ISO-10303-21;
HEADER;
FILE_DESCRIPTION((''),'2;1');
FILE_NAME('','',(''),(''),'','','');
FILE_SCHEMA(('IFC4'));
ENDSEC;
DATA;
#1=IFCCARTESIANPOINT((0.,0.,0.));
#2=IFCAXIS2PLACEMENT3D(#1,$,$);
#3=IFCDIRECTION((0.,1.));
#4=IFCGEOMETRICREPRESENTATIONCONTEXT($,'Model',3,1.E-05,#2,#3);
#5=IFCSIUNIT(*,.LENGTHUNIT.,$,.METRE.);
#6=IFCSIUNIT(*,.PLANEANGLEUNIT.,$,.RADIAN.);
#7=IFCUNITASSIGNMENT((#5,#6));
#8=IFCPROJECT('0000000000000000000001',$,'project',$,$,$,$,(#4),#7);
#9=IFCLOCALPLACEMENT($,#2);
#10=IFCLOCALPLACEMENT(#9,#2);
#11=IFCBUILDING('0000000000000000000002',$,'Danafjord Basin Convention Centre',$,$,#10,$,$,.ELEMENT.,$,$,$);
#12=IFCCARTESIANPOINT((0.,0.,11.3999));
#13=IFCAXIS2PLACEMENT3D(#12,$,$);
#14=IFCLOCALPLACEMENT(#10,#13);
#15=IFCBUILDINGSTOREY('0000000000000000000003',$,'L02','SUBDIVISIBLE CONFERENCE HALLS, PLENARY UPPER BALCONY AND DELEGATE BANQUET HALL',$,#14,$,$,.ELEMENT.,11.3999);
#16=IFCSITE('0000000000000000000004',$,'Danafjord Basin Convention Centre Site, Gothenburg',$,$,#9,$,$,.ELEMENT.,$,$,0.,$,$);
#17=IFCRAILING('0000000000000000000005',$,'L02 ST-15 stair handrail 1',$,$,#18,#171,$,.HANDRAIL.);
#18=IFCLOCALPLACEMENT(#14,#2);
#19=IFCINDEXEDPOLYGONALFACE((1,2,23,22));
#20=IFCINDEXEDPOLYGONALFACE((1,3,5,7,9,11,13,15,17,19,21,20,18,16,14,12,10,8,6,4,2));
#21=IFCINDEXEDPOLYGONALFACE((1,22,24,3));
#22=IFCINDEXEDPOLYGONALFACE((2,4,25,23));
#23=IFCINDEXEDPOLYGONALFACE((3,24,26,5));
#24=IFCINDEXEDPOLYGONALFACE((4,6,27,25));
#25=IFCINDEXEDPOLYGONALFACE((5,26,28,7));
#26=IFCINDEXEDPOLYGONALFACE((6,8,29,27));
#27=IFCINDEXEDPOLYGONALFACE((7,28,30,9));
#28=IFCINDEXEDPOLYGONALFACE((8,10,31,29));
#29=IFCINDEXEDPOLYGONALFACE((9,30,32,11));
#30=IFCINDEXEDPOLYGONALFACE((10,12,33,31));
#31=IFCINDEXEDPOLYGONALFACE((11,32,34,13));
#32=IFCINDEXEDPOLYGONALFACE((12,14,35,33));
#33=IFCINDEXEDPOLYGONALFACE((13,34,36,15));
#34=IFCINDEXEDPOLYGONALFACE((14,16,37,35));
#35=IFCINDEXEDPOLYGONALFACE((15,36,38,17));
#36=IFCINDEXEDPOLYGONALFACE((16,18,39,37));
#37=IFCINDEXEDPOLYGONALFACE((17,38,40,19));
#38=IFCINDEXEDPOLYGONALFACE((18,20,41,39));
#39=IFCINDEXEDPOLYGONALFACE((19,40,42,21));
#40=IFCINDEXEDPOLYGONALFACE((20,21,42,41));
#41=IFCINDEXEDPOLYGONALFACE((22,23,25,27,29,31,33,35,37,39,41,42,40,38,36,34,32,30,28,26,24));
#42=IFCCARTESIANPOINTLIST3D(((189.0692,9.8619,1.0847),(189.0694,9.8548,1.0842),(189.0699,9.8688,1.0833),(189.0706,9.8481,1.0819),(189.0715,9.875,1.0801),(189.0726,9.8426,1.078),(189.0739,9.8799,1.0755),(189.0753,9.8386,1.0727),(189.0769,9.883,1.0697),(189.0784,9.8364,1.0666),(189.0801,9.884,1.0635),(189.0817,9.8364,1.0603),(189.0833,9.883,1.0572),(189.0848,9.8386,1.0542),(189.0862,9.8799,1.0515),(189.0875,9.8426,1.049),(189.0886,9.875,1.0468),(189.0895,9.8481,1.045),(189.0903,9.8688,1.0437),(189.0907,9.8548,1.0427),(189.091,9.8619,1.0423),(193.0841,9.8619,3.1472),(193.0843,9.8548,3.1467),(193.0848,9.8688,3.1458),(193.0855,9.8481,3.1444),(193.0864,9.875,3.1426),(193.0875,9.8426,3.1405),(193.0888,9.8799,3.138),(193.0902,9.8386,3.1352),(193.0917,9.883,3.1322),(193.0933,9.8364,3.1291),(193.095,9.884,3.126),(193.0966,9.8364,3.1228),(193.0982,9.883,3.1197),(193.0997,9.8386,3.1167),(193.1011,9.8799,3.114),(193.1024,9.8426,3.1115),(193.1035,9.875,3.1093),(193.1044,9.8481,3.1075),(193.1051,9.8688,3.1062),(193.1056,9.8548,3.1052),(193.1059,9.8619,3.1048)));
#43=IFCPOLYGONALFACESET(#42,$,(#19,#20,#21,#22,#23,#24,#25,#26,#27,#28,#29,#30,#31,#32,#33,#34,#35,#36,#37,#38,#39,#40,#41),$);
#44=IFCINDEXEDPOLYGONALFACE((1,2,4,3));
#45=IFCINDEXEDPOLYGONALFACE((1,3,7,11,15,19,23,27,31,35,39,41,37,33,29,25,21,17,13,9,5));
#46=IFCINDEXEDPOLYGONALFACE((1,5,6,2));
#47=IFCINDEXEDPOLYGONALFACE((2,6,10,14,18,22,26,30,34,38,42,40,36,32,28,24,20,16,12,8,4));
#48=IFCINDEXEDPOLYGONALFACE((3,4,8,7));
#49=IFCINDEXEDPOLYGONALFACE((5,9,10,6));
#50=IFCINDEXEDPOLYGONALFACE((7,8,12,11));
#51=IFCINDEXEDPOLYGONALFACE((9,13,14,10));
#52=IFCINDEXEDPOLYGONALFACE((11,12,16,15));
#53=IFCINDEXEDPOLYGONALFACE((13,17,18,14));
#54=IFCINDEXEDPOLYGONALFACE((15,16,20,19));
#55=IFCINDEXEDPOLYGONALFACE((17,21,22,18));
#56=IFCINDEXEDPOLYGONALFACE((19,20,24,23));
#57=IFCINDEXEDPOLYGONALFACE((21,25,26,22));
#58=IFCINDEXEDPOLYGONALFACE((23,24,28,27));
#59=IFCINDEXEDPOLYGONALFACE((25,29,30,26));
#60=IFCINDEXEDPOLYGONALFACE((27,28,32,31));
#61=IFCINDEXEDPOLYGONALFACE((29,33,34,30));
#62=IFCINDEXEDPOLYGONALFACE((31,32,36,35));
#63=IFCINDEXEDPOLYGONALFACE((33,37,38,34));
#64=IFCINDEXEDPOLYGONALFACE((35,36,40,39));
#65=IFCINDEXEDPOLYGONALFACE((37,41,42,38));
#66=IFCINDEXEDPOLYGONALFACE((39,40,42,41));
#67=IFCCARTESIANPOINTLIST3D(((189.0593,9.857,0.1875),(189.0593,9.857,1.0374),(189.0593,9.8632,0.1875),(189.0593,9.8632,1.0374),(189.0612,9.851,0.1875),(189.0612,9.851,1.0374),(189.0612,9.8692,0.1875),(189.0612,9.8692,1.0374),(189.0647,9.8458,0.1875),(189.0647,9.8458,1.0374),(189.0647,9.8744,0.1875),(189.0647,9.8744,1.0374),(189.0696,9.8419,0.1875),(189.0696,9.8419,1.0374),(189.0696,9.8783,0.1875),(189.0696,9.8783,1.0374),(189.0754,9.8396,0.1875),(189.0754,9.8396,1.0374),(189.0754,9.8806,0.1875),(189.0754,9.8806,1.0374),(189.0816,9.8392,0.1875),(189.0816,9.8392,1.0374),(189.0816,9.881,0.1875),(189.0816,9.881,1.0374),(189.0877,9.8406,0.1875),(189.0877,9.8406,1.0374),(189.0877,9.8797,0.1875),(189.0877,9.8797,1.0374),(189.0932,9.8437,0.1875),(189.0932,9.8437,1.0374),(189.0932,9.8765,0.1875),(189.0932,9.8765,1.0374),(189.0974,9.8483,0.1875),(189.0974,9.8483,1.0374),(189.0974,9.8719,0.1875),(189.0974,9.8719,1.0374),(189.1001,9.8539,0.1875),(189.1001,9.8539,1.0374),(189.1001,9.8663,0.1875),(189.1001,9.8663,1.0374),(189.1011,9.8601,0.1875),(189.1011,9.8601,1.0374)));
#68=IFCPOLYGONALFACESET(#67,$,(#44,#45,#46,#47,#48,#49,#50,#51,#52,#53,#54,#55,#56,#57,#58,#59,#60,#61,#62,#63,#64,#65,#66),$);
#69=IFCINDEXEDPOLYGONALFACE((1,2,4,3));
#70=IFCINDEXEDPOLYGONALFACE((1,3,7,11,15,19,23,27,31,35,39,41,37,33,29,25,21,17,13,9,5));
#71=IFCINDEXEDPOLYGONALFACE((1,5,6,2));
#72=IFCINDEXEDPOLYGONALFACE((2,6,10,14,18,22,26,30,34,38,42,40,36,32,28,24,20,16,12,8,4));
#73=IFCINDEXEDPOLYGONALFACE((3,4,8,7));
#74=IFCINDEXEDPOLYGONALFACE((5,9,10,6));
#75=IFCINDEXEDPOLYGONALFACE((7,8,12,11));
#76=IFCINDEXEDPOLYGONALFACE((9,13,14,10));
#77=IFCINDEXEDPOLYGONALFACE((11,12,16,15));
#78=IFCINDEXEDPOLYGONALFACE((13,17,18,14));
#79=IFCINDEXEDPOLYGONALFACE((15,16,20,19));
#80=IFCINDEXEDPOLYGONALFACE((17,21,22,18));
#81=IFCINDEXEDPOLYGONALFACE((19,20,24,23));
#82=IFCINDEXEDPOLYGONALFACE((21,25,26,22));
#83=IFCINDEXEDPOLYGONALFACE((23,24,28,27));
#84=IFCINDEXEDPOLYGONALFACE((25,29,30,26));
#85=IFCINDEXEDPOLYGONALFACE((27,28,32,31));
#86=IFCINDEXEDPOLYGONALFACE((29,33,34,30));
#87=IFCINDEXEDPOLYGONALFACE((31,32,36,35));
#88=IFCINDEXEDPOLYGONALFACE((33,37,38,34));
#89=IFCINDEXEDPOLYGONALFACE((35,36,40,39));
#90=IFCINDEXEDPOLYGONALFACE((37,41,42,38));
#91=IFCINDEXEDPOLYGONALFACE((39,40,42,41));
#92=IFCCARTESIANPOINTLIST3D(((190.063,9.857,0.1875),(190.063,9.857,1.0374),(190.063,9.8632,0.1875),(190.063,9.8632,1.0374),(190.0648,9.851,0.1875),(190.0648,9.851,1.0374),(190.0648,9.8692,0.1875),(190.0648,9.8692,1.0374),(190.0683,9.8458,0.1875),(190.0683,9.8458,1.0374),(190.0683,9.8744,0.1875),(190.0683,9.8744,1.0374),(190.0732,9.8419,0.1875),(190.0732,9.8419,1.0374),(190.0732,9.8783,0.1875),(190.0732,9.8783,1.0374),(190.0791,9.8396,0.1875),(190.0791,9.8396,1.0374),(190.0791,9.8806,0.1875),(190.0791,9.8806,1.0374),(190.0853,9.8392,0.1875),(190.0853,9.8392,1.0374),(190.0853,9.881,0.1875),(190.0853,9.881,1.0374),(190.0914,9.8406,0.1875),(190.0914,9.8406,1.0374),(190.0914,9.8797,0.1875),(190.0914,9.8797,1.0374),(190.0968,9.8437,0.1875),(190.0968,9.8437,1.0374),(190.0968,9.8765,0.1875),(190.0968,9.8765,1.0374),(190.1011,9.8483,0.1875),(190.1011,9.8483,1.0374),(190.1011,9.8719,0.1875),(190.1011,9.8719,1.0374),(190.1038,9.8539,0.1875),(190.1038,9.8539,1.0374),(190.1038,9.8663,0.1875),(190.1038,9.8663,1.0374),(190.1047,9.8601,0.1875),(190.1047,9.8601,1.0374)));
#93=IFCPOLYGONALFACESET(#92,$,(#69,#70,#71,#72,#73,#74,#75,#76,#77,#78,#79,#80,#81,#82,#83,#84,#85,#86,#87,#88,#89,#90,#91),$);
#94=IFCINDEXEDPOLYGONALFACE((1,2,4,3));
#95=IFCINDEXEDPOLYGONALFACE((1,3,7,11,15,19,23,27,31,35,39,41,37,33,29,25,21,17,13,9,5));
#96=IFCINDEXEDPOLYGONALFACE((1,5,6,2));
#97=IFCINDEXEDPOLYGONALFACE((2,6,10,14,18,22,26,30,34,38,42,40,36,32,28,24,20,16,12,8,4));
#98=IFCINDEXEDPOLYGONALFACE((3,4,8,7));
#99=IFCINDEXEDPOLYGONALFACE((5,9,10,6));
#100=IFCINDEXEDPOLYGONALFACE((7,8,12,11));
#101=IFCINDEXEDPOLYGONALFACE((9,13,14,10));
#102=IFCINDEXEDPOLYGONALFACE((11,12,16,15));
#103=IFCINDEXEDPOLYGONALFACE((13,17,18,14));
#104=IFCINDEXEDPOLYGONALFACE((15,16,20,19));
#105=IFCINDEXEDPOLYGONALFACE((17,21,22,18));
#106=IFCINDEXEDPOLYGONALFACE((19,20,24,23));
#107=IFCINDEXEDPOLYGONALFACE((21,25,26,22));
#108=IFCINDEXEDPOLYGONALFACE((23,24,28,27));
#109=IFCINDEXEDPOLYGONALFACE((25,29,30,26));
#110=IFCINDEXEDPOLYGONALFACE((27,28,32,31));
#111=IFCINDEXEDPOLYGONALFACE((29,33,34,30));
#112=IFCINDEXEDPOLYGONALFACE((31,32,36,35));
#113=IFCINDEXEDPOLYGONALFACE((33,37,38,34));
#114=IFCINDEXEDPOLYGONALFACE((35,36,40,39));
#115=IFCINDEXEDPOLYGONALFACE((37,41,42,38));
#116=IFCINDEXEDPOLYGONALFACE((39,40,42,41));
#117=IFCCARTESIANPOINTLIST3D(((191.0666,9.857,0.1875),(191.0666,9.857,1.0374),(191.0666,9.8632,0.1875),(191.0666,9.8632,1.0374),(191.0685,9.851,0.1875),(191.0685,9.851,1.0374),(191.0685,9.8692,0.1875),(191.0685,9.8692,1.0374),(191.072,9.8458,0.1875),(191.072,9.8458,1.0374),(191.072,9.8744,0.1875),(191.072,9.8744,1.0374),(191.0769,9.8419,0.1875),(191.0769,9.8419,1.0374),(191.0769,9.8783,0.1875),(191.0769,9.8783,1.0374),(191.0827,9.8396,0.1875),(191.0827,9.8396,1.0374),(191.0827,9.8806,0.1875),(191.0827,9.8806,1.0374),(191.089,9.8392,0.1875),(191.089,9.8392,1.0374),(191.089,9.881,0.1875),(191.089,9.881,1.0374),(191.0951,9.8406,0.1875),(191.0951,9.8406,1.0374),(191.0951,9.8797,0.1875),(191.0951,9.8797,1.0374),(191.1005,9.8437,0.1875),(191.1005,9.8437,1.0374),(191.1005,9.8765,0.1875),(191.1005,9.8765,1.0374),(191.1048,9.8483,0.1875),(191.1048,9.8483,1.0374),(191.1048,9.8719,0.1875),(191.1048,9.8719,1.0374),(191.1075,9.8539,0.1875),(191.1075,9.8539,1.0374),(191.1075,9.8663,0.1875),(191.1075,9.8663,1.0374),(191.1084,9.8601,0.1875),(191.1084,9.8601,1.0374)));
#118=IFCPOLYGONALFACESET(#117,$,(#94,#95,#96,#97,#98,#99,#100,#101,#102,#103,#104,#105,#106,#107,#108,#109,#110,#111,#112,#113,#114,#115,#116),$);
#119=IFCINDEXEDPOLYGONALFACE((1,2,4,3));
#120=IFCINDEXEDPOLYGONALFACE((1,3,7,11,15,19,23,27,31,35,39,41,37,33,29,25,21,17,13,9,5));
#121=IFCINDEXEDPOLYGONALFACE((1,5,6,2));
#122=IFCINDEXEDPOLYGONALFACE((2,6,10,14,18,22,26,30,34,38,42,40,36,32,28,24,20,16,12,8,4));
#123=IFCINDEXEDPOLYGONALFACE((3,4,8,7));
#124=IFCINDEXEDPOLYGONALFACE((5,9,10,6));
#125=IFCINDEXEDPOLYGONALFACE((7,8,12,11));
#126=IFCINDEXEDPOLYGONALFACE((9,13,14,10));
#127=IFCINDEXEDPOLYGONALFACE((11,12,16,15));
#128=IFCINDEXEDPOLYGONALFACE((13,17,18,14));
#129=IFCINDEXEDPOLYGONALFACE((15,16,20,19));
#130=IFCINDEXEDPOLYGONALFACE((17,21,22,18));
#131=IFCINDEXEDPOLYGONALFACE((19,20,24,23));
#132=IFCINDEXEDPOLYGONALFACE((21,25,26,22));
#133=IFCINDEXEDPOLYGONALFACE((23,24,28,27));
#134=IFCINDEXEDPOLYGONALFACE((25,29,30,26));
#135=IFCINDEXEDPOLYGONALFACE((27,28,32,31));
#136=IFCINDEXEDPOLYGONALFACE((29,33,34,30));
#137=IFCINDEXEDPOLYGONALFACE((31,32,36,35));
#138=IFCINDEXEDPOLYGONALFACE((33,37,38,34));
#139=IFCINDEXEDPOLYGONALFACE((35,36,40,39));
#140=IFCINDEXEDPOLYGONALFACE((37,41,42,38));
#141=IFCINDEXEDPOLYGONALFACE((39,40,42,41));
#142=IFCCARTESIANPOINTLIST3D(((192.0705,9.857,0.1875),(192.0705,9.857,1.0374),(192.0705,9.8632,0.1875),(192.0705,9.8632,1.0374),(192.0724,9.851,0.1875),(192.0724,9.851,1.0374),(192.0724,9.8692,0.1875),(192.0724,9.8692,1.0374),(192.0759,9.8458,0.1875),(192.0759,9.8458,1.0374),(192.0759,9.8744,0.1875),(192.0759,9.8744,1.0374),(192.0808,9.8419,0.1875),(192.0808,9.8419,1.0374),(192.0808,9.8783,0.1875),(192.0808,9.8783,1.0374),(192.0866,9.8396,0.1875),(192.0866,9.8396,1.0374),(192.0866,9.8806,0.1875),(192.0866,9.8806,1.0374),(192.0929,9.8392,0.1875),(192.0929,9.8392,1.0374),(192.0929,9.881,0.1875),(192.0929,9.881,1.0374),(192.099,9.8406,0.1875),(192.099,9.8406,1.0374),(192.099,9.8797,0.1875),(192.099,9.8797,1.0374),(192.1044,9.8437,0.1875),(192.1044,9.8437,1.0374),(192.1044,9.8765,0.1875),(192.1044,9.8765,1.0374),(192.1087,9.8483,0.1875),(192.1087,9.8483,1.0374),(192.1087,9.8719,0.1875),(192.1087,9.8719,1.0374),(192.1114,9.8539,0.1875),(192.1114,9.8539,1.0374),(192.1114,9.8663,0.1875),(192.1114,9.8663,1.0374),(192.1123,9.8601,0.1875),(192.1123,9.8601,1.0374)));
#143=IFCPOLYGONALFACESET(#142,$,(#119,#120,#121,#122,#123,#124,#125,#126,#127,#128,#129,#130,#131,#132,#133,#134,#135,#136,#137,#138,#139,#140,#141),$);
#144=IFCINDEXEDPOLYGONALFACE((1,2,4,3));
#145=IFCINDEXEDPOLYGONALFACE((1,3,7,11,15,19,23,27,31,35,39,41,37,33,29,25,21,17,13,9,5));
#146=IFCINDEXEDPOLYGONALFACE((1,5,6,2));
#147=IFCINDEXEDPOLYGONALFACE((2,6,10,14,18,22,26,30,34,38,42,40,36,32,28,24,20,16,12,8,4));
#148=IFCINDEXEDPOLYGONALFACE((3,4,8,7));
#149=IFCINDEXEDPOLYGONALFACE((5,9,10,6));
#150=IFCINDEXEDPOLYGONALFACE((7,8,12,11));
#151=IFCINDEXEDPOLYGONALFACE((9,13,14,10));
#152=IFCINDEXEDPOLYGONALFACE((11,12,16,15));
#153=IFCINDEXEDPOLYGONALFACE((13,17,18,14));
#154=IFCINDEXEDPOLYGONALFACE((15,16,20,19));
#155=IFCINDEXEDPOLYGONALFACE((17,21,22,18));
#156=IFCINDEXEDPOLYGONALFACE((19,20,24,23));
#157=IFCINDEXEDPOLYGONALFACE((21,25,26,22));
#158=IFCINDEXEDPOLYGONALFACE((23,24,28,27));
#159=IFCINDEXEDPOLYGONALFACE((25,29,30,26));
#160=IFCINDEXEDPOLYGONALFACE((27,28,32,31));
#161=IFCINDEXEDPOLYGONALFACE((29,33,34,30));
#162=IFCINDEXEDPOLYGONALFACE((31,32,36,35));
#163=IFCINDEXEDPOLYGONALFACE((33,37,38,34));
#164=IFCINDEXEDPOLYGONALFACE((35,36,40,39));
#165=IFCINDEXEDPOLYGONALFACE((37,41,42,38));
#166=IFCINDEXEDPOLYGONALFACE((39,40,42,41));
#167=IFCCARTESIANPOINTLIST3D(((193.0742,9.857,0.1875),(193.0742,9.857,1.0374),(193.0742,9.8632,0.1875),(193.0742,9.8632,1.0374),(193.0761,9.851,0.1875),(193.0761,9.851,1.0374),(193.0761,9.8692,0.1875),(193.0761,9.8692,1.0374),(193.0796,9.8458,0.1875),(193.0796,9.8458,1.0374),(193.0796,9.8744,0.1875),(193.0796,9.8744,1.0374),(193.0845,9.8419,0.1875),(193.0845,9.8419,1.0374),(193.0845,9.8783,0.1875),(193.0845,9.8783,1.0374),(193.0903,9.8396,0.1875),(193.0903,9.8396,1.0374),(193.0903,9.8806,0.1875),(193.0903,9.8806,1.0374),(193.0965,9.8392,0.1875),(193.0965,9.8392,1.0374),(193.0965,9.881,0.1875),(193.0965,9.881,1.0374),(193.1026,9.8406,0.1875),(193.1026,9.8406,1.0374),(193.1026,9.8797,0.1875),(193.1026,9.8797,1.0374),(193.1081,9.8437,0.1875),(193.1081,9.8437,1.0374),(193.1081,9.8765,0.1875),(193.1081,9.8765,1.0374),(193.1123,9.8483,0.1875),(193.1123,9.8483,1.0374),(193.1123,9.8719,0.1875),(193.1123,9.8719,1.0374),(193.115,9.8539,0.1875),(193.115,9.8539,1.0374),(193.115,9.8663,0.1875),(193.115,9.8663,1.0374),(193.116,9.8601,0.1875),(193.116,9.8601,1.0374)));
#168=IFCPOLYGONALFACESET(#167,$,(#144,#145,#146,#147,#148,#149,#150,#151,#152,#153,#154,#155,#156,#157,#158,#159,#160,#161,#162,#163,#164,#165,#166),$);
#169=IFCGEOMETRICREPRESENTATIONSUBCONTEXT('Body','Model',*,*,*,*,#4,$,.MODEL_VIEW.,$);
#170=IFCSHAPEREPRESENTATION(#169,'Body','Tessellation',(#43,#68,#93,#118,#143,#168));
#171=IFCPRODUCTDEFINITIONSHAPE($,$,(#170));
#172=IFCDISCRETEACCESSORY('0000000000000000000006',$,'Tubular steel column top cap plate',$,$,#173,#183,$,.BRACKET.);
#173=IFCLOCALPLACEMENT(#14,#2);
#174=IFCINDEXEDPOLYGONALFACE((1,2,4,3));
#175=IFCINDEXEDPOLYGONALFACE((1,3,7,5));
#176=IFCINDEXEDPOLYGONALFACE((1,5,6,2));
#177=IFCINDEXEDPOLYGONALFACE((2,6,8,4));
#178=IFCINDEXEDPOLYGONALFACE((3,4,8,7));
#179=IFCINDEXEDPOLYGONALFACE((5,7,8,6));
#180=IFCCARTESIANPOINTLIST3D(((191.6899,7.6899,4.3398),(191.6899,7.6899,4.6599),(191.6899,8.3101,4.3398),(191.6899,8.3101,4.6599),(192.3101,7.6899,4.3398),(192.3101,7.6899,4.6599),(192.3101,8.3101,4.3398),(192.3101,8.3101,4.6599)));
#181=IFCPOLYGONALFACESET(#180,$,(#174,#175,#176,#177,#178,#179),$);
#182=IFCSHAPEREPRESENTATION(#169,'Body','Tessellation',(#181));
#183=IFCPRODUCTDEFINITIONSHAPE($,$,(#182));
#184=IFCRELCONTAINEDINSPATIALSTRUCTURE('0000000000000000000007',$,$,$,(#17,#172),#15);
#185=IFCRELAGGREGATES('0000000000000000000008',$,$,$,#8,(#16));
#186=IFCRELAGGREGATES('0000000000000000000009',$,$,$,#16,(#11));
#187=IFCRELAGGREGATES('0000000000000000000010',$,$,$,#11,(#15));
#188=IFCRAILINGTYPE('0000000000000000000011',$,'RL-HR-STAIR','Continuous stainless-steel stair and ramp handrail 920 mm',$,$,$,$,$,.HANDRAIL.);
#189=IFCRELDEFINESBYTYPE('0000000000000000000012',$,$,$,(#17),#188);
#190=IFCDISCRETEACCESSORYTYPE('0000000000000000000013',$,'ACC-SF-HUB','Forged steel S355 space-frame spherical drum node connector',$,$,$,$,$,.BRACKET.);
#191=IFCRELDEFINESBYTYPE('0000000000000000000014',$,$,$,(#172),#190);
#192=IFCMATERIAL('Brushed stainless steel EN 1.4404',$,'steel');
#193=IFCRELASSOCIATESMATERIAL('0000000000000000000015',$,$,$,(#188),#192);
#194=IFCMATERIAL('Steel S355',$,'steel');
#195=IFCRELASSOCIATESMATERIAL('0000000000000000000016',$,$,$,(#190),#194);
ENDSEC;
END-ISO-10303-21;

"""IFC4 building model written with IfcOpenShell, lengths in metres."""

from ifc_helpers import new_model, si_unit, direction, frame, origin, origin_2d, place, context, subcontext, project, spatial, rectangle, circle, extrude, material, type_object, element, save


model = new_model("IFC4")

# Units and contexts
model_context = context("Model", 3, precision=1e-05, world=origin(), true_north=direction((0.0, 1.0)))
body_context = subcontext(model_context, "Body", "Model", "MODEL_VIEW")
ifc_project = project(units=[si_unit("LENGTHUNIT", "METRE"), si_unit("PLANEANGLEUNIT", "RADIAN")], contexts=[model_context])

# Site, building, storey
site_placement = place(None, origin())
site = spatial("IfcSite", under=ifc_project, at=site_placement, Name="Danafjord Basin Convention Centre Site, Gothenburg", CompositionType="ELEMENT", RefElevation=0.0)
building_placement = place(site_placement, origin())
building = spatial("IfcBuilding", under=site, at=building_placement, Name="Danafjord Basin Convention Centre", CompositionType="ELEMENT")
storey_placement = place(building_placement, frame((0.0, 0.0, 11.3999)))
storey = spatial("IfcBuildingStorey", under=building, at=storey_placement, Name="L02", Description="SUBDIVISIBLE CONFERENCE HALLS, PLENARY UPPER BALCONY AND DELEGATE BANQUET HALL", CompositionType="ELEMENT", Elevation=11.3999)

# Shared definitions
ifc_material_1 = material(Name="Steel S355", Category="steel")

# Railing
ifc_material_2 = material(Name="Brushed stainless steel EN 1.4404", Category="steel")
railing_type_1 = type_object("IfcRailingType", Name="RL-HR-STAIR", Description="Continuous stainless-steel stair and ramp handrail 920 mm", PredefinedType="HANDRAIL", material=ifc_material_2)
railing_1_placement = place(storey_placement, frame((189.0801, 9.8601, 0.1875)))
element("IfcRailing", 1, at=railing_1_placement, inside=storey, type_object=railing_type_1, Name="L02 ST-15 stair handrail 1", PredefinedType="HANDRAIL", context=body_context, shape_type="SweptSolid", body=[
    extrude(circle(Radius=0.0239, at=origin_2d()), frame((0.0, 0.0, 0.876), z_axis=(0.889495, 0.0, 0.456945), x_axis=(0.0, 1.0, 0.0)), (0.0, 0.0, 1.0), 4.5137),
    extrude(circle(Radius=0.021, at=origin_2d()), origin(), (0.0, 0.0, 1.0), 0.8499),
    extrude(circle(Radius=0.021, at=origin_2d()), frame((1.0037, 0.0, 0.0)), (0.0, 0.0, 1.0), 0.8499),
    extrude(circle(Radius=0.021, at=origin_2d()), frame((2.0073, 0.0, 0.0)), (0.0, 0.0, 1.0), 0.8499),
    extrude(circle(Radius=0.021, at=origin_2d()), frame((3.0112, 0.0, 0.0)), (0.0, 0.0, 1.0), 0.8499),
    extrude(circle(Radius=0.021, at=origin_2d()), frame((4.0149, 0.0, 0.0)), (0.0, 0.0, 1.0), 0.8499),
])

# Discrete accessory
discrete_accessory_type = type_object("IfcDiscreteAccessoryType", Name="ACC-SF-HUB", Description="Forged steel S355 space-frame spherical drum node connector", PredefinedType="BRACKET", material=ifc_material_1)
discrete_accessory_placement = place(storey_placement, frame((192.0, 8.0, 4.3398), z_axis=(0.0, 0.0, 1.0), x_axis=(1.0, 0.0, 0.0)))
element("IfcDiscreteAccessory", 2, at=discrete_accessory_placement, inside=storey, type_object=discrete_accessory_type, Name="Tubular steel column top cap plate", PredefinedType="BRACKET", context=body_context, shape_type="SweptSolid", body=[
    extrude(rectangle(XDim=0.6201, YDim=0.6201, at=origin_2d()), origin(), (0.0, 0.0, 1.0), 0.3201),
])

save(model, "model.ifc")
